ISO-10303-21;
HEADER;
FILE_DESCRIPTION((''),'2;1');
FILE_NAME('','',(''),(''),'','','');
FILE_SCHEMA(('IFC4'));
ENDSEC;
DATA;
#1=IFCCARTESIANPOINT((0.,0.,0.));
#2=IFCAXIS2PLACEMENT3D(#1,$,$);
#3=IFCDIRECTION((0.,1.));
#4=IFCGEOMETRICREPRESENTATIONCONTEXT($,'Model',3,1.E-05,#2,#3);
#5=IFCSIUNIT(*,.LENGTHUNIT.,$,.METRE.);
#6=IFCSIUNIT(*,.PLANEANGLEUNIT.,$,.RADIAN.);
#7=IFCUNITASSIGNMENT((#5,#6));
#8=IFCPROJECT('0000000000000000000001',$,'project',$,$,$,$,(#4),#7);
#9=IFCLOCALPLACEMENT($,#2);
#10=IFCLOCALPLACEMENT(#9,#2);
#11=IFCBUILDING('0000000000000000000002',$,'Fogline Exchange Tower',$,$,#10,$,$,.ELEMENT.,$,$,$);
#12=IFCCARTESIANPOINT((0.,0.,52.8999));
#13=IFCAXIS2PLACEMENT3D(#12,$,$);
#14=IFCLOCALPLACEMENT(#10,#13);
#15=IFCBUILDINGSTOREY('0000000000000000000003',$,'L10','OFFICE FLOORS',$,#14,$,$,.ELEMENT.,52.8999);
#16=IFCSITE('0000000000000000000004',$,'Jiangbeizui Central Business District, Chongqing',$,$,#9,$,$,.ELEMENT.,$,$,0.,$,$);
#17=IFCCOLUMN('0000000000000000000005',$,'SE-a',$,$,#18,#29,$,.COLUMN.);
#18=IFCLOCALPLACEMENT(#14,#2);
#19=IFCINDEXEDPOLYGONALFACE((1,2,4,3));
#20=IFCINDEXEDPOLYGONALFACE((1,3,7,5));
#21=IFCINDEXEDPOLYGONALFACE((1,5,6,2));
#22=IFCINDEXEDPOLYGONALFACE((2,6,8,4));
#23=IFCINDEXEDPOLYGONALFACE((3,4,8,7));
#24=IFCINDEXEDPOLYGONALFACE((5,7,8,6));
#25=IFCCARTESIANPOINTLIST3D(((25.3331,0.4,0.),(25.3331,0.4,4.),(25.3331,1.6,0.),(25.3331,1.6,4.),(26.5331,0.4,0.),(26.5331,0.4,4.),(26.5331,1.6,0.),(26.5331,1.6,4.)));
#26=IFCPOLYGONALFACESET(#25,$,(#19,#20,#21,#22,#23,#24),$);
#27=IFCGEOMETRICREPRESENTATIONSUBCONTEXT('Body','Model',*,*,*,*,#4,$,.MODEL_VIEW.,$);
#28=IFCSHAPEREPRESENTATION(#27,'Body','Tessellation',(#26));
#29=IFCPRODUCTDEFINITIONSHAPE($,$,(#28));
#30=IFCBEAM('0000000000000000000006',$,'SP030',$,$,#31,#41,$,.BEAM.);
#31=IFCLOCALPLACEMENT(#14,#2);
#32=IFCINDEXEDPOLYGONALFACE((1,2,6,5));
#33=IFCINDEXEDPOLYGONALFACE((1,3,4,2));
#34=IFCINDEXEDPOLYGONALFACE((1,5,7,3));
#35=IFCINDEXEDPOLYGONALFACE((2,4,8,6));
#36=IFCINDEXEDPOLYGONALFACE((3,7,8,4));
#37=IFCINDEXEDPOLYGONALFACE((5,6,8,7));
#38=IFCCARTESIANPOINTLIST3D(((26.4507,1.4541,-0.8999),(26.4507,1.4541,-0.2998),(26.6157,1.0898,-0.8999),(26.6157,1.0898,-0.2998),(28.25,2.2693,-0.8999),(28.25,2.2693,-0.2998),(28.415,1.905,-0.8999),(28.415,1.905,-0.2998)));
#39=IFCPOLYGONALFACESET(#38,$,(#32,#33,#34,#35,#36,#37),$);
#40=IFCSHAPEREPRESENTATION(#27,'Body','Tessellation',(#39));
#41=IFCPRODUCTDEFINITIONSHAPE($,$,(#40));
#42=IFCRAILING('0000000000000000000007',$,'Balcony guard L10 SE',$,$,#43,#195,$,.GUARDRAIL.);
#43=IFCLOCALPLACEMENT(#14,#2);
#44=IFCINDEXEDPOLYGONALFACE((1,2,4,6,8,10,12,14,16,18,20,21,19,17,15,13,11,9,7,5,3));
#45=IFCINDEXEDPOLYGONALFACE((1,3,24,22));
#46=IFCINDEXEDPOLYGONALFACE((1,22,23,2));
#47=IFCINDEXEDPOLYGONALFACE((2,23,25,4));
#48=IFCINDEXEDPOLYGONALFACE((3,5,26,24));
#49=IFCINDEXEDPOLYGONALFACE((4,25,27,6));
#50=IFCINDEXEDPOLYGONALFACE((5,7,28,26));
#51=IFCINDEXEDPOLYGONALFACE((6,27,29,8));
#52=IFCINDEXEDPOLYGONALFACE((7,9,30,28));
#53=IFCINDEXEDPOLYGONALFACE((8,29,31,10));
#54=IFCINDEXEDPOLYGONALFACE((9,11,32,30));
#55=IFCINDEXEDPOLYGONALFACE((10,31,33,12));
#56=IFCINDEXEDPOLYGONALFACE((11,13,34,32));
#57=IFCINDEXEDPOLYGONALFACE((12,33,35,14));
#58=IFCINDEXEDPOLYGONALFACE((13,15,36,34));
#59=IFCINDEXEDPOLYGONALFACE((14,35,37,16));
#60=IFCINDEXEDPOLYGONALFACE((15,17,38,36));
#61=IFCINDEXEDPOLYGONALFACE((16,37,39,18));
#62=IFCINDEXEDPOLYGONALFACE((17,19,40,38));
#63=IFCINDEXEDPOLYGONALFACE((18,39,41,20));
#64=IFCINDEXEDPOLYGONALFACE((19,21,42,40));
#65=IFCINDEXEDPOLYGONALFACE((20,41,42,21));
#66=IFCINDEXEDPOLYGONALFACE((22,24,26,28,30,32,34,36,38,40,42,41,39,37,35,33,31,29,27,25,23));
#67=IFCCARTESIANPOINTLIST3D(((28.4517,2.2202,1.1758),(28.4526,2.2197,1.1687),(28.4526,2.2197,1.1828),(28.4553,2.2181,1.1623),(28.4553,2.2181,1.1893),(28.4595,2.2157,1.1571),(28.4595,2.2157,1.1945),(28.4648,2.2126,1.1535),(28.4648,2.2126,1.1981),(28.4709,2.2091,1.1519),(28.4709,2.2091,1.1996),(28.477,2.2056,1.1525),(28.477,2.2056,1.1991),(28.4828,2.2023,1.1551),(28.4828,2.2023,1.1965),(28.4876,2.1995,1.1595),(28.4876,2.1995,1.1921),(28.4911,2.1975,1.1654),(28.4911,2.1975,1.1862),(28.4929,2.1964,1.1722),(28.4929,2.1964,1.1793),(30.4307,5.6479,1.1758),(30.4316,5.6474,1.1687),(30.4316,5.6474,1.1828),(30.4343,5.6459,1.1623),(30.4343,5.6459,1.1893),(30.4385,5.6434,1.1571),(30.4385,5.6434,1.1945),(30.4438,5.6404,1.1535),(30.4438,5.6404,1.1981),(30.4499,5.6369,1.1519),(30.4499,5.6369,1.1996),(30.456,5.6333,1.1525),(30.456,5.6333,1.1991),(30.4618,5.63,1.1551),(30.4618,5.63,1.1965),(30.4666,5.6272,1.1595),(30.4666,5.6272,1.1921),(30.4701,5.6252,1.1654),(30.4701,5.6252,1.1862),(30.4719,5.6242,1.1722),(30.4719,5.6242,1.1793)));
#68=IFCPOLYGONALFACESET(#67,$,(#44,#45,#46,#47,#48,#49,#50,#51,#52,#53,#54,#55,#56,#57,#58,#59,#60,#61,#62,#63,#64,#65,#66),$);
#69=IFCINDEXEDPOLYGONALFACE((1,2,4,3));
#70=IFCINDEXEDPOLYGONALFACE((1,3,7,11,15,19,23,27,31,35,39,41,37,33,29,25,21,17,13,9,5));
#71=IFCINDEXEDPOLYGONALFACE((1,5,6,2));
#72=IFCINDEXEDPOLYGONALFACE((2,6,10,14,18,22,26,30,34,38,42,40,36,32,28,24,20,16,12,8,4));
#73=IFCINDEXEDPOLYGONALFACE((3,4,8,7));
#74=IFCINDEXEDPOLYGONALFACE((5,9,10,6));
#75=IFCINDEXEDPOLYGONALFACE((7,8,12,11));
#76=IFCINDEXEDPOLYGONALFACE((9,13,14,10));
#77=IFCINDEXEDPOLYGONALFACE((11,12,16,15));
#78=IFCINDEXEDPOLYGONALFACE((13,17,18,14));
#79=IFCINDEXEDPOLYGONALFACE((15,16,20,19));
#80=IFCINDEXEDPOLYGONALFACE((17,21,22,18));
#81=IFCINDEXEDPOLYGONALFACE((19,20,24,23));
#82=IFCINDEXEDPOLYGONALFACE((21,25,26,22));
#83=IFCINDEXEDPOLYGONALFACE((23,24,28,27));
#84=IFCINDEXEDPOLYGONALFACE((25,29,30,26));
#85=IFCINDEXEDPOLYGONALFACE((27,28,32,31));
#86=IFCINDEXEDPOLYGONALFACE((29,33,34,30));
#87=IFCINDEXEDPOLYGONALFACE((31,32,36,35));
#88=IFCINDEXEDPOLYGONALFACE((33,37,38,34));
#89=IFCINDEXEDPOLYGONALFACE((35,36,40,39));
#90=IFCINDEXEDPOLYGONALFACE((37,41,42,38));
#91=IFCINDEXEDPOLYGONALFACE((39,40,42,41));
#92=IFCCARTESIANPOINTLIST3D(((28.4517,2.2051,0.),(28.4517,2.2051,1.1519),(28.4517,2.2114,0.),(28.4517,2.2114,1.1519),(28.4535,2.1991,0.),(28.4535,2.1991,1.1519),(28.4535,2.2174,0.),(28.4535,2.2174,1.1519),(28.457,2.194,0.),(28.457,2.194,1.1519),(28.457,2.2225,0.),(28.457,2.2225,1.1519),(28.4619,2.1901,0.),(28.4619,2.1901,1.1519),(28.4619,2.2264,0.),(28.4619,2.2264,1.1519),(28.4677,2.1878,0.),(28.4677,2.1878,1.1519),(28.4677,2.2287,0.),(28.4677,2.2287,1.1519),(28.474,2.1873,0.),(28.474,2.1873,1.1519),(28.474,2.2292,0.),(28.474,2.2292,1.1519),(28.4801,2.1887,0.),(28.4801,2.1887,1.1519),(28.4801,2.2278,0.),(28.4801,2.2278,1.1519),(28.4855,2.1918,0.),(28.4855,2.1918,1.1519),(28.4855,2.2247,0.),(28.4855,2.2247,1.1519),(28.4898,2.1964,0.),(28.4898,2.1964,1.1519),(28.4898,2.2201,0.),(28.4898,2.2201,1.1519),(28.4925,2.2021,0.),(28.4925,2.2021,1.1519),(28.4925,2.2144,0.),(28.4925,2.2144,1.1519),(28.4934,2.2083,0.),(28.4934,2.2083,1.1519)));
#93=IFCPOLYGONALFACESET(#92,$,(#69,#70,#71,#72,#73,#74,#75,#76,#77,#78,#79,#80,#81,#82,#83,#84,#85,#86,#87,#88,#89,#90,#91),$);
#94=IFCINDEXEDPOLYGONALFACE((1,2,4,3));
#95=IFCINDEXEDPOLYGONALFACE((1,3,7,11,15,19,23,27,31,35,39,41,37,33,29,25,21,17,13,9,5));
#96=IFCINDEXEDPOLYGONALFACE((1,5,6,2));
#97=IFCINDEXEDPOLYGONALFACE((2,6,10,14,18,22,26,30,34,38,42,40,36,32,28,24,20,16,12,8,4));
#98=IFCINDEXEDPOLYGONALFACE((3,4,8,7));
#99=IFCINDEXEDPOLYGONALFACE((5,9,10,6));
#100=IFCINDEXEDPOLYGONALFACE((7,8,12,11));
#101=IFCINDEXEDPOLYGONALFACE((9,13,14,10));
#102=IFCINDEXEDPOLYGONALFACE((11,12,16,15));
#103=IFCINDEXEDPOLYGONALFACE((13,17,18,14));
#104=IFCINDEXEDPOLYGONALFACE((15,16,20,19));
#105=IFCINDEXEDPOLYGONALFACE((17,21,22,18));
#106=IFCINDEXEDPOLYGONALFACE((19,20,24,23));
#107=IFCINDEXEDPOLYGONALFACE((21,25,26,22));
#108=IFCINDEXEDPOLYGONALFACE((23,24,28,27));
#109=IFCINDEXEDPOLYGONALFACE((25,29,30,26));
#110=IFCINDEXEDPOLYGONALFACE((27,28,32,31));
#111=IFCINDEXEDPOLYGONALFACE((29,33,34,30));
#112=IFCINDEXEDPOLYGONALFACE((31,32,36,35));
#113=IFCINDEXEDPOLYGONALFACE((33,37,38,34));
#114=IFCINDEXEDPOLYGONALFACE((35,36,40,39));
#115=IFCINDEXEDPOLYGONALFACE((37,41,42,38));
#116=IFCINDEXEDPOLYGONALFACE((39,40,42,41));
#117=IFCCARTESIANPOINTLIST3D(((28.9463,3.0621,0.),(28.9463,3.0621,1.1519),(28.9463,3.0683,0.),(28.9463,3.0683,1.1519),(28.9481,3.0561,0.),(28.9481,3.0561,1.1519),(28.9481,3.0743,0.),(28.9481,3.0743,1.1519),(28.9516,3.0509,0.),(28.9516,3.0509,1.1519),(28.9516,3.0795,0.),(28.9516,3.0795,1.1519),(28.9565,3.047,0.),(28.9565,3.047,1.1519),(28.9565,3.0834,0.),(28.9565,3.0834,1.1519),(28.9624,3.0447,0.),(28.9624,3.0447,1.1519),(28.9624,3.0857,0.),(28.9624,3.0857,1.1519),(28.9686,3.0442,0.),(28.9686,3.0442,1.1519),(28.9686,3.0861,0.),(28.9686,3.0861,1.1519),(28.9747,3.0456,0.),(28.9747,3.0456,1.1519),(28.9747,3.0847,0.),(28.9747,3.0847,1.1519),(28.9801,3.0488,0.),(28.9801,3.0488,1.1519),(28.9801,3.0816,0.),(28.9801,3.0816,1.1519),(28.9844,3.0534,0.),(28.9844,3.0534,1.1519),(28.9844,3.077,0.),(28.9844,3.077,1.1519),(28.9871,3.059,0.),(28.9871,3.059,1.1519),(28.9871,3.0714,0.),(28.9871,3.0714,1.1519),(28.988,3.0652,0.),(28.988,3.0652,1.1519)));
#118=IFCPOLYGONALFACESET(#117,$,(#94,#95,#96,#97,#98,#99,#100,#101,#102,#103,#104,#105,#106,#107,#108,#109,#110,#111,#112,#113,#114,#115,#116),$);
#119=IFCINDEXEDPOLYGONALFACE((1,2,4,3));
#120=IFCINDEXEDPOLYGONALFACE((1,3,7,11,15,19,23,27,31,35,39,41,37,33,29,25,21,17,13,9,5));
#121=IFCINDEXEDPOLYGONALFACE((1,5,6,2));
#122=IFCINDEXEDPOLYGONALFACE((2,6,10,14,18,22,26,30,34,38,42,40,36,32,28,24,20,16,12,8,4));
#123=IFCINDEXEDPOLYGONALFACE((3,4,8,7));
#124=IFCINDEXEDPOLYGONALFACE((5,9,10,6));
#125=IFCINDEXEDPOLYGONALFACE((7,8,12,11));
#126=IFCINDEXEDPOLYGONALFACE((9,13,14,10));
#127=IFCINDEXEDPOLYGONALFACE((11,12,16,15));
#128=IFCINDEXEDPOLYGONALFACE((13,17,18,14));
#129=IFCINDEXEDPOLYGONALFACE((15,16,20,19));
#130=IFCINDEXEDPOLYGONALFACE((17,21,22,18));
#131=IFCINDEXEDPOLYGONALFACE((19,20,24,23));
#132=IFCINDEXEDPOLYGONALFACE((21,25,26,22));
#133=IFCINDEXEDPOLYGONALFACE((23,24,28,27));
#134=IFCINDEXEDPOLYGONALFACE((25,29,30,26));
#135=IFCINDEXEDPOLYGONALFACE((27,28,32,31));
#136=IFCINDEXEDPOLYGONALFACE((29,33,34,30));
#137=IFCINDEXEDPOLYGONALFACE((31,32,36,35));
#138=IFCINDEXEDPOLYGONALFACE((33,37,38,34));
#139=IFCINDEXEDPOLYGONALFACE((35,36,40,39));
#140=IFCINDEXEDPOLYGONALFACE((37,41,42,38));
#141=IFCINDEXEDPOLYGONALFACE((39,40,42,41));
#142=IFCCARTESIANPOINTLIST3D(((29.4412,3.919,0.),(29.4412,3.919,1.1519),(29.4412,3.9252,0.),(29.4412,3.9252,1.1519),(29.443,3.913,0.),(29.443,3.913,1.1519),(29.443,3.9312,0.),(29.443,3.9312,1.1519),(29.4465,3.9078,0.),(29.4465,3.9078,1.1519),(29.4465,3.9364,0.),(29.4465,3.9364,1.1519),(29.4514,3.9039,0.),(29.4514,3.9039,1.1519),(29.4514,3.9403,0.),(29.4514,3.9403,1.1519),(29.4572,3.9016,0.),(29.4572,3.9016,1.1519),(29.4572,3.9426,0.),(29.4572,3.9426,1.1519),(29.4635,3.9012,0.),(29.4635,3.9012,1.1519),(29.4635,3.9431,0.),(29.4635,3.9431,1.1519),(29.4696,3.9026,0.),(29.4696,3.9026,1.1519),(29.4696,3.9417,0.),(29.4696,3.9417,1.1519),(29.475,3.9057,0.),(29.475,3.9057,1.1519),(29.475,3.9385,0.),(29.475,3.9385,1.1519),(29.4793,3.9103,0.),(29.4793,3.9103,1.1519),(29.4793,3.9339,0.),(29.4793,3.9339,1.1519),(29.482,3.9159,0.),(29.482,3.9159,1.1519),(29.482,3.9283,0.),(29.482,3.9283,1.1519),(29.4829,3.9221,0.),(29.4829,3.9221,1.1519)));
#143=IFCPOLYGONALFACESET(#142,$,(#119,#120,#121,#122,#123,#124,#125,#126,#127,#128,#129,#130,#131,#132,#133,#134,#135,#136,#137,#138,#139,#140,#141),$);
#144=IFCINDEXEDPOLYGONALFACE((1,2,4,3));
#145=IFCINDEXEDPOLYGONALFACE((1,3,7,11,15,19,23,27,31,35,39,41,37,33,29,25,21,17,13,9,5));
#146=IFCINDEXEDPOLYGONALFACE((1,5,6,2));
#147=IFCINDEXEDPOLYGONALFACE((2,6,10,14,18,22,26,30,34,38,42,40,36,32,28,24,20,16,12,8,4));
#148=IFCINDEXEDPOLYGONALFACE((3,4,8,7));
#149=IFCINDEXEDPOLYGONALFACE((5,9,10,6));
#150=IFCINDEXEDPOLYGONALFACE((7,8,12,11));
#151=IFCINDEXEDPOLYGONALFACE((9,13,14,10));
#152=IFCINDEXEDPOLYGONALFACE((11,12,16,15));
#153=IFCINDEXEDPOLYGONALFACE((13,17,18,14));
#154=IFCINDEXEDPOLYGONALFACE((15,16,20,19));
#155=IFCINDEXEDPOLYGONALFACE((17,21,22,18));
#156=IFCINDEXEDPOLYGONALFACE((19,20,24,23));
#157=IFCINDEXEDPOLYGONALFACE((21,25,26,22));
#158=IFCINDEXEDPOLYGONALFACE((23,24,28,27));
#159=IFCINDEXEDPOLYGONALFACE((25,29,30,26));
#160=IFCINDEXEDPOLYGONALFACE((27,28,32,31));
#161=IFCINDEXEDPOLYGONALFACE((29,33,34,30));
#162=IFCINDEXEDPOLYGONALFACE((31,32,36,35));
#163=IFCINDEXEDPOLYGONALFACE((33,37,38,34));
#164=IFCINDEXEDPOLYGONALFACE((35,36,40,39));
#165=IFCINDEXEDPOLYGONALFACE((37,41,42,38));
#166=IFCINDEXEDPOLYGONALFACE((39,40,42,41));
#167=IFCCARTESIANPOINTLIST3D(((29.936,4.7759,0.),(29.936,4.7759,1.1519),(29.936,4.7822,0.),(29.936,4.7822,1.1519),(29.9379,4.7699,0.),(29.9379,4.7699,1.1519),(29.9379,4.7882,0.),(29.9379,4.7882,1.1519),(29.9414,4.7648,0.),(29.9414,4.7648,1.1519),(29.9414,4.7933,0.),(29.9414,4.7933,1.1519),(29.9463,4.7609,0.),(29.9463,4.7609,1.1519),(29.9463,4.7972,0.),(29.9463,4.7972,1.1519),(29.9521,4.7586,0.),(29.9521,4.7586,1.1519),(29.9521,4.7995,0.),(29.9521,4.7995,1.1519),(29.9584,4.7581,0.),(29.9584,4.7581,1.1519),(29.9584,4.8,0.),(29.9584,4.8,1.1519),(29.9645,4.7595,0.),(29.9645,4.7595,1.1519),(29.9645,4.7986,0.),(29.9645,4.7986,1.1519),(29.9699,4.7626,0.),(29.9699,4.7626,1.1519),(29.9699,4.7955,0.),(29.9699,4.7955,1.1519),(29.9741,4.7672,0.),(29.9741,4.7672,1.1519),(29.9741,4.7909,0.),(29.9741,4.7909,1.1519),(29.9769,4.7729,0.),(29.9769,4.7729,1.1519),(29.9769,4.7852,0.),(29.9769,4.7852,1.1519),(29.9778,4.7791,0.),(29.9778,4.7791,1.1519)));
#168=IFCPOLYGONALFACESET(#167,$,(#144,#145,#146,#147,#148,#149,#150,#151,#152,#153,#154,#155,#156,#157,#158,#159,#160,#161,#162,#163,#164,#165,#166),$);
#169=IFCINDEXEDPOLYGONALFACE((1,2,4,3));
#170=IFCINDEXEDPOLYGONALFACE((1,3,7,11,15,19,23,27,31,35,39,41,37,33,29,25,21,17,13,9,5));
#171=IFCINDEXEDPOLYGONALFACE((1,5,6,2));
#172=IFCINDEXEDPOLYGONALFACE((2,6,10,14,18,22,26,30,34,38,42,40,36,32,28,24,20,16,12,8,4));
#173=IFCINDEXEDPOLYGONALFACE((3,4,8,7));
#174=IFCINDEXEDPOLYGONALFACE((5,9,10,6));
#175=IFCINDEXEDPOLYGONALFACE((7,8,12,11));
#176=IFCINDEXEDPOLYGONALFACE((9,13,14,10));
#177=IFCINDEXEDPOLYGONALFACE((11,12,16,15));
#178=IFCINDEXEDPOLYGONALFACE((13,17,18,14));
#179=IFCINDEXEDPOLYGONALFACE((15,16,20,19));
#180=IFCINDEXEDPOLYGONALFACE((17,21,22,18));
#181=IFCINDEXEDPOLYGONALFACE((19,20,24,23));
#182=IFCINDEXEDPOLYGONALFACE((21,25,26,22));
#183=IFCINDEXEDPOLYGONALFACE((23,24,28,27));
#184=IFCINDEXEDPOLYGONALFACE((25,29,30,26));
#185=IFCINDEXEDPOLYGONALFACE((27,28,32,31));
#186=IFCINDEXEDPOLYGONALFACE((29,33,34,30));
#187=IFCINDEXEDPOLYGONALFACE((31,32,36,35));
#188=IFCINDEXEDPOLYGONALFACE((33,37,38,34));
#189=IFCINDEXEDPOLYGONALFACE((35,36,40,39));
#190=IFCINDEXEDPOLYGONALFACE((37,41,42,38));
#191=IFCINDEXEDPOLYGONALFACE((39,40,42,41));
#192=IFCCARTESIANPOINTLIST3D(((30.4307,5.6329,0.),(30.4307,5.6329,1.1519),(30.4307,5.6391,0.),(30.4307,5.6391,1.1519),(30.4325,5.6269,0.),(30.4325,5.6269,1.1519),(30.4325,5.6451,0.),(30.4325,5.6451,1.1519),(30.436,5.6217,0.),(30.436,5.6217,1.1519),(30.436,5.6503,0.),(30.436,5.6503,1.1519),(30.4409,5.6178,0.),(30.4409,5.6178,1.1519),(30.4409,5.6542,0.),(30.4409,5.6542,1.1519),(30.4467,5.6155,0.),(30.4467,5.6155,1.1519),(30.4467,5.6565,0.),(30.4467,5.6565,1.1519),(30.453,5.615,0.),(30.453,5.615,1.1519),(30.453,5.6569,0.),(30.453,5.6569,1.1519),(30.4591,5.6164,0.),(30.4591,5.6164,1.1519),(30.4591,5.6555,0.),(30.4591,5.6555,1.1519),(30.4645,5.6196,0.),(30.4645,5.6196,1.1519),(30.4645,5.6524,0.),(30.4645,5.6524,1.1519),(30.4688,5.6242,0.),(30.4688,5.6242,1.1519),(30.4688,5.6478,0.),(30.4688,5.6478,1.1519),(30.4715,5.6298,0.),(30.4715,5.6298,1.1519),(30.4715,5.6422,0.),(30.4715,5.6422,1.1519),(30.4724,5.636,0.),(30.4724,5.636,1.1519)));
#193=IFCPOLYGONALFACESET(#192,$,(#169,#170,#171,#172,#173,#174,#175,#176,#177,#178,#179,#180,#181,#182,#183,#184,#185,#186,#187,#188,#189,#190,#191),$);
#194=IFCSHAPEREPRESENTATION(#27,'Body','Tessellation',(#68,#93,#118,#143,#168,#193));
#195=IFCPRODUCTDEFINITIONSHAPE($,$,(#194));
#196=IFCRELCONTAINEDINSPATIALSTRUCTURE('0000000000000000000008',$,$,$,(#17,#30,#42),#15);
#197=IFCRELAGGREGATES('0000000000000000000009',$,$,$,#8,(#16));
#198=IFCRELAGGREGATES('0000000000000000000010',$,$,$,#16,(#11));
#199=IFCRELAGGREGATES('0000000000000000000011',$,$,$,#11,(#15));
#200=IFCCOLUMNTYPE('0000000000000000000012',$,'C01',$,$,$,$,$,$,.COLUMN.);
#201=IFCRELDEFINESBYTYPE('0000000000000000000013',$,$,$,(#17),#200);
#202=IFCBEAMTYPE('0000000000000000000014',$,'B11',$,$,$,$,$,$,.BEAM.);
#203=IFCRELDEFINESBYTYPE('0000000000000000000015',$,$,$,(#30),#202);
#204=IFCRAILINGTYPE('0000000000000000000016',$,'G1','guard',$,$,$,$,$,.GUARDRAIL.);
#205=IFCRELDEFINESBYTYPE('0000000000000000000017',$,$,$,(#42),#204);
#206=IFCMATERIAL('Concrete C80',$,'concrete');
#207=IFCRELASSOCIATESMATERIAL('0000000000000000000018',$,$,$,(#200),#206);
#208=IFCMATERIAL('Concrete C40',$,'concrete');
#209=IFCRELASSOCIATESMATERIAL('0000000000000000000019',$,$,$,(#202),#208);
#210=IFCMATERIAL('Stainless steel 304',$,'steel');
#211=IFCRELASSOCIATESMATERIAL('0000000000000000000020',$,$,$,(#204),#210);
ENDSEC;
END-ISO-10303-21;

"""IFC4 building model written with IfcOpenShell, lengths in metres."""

from ifc_helpers import new_model, si_unit, direction, frame, origin, origin_2d, place, context, subcontext, project, spatial, rectangle, circle, extrude, material, material_profile, profile_set, type_object, element, save


model = new_model("IFC4")

# Units and contexts
model_context = context("Model", 3, precision=1e-05, world=origin(), true_north=direction((0.0, 1.0)))
body_context = subcontext(model_context, "Body", "Model", "MODEL_VIEW")
ifc_project = project(units=[si_unit("LENGTHUNIT", "METRE"), si_unit("PLANEANGLEUNIT", "RADIAN")], contexts=[model_context])

# Site, building, storey
site_placement = place(None, origin())
site = spatial("IfcSite", under=ifc_project, at=site_placement, Name="Jiangbeizui Central Business District, Chongqing", CompositionType="ELEMENT", RefElevation=0.0)
building_placement = place(site_placement, origin())
building = spatial("IfcBuilding", under=site, at=building_placement, Name="Fogline Exchange Tower", CompositionType="ELEMENT")
storey_placement = place(building_placement, frame((0.0, 0.0, 52.8999)))
storey = spatial("IfcBuildingStorey", under=building, at=storey_placement, Name="L10", Description="OFFICE FLOORS", CompositionType="ELEMENT", Elevation=52.8999)

# Column
ifc_material_1 = material(Name="Concrete C80", Category="concrete")
ifc_material_profile_1 = material_profile(ifc_material_1, rectangle(XDim=1.2, YDim=1.2, at=origin_2d()), Name="RC 1200x1200")
ifc_profile_set_1 = profile_set([ifc_material_profile_1], Name="Concrete C80")
column_type = type_object("IfcColumnType", Name="C01", PredefinedType="COLUMN", material=ifc_profile_set_1)
column_placement = place(storey_placement, frame((25.9331, 1.0, 0.0), z_axis=(0.0, 0.0, 1.0), x_axis=(1.0, 0.0, 0.0)))
element("IfcColumn", 1, at=column_placement, inside=storey, type_object=column_type, Name="SE-a", PredefinedType="COLUMN", context=body_context, shape_type="SweptSolid", body=[
    extrude(rectangle(XDim=1.2, YDim=1.2, at=origin_2d()), origin(), (0.0, 0.0, 1.0), 4.0),
])

# Beam
ifc_material_2 = material(Name="Concrete C40", Category="concrete")
ifc_material_profile_2 = material_profile(ifc_material_2, rectangle(XDim=0.3999, YDim=0.6001, at=origin_2d()), Name="RC 400x600")
ifc_profile_set_2 = profile_set([ifc_material_profile_2], Name="Concrete C40")
beam_type = type_object("IfcBeamType", Name="B11", PredefinedType="BEAM", material=ifc_profile_set_2)
beam_placement = place(storey_placement, frame((26.5332, 1.272, -0.5999), z_axis=(0.910878, 0.412676, 0.0), x_axis=(-0.412676, 0.910878, 0.0)))
element("IfcBeam", 2, at=beam_placement, inside=storey, type_object=beam_type, Name="SP030", PredefinedType="BEAM", context=body_context, shape_type="SweptSolid", body=[
    extrude(rectangle(XDim=0.3999, YDim=0.6001, at=origin_2d()), origin(), (0.0, 0.0, 1.0), 1.9753),
])

# Railing
ifc_material_3 = material(Name="Stainless steel 304", Category="steel")
railing_type = type_object("IfcRailingType", Name="G1", Description="guard", PredefinedType="GUARDRAIL", material=ifc_material_3)
railing_placement = place(storey_placement, frame((28.4724, 2.2083, 0.0)))
element("IfcRailing", 3, at=railing_placement, inside=storey, type_object=railing_type, Name="Balcony guard L10 SE", PredefinedType="GUARDRAIL", context=body_context, shape_type="SweptSolid", body=[
    extrude(circle(Radius=0.0239, at=origin_2d()), frame((0.0, 0.0, 1.1758), z_axis=(0.5, 0.866025, 0.0), x_axis=(-0.866025, 0.5, 0.0)), (0.0, 0.0, 1.0), 3.958),
    extrude(circle(Radius=0.021, at=origin_2d()), origin(), (0.0, 0.0, 1.0), 1.1519),
    extrude(circle(Radius=0.021, at=origin_2d()), frame((0.4946, 0.8569, 0.0)), (0.0, 0.0, 1.0), 1.1519),
    extrude(circle(Radius=0.021, at=origin_2d()), frame((0.9895, 1.7139, 0.0)), (0.0, 0.0, 1.0), 1.1519),
    extrude(circle(Radius=0.021, at=origin_2d()), frame((1.4844, 2.5708, 0.0)), (0.0, 0.0, 1.0), 1.1519),
    extrude(circle(Radius=0.021, at=origin_2d()), frame((1.979, 3.4277, 0.0)), (0.0, 0.0, 1.0), 1.1519),
])

save(model, "model.ifc")
